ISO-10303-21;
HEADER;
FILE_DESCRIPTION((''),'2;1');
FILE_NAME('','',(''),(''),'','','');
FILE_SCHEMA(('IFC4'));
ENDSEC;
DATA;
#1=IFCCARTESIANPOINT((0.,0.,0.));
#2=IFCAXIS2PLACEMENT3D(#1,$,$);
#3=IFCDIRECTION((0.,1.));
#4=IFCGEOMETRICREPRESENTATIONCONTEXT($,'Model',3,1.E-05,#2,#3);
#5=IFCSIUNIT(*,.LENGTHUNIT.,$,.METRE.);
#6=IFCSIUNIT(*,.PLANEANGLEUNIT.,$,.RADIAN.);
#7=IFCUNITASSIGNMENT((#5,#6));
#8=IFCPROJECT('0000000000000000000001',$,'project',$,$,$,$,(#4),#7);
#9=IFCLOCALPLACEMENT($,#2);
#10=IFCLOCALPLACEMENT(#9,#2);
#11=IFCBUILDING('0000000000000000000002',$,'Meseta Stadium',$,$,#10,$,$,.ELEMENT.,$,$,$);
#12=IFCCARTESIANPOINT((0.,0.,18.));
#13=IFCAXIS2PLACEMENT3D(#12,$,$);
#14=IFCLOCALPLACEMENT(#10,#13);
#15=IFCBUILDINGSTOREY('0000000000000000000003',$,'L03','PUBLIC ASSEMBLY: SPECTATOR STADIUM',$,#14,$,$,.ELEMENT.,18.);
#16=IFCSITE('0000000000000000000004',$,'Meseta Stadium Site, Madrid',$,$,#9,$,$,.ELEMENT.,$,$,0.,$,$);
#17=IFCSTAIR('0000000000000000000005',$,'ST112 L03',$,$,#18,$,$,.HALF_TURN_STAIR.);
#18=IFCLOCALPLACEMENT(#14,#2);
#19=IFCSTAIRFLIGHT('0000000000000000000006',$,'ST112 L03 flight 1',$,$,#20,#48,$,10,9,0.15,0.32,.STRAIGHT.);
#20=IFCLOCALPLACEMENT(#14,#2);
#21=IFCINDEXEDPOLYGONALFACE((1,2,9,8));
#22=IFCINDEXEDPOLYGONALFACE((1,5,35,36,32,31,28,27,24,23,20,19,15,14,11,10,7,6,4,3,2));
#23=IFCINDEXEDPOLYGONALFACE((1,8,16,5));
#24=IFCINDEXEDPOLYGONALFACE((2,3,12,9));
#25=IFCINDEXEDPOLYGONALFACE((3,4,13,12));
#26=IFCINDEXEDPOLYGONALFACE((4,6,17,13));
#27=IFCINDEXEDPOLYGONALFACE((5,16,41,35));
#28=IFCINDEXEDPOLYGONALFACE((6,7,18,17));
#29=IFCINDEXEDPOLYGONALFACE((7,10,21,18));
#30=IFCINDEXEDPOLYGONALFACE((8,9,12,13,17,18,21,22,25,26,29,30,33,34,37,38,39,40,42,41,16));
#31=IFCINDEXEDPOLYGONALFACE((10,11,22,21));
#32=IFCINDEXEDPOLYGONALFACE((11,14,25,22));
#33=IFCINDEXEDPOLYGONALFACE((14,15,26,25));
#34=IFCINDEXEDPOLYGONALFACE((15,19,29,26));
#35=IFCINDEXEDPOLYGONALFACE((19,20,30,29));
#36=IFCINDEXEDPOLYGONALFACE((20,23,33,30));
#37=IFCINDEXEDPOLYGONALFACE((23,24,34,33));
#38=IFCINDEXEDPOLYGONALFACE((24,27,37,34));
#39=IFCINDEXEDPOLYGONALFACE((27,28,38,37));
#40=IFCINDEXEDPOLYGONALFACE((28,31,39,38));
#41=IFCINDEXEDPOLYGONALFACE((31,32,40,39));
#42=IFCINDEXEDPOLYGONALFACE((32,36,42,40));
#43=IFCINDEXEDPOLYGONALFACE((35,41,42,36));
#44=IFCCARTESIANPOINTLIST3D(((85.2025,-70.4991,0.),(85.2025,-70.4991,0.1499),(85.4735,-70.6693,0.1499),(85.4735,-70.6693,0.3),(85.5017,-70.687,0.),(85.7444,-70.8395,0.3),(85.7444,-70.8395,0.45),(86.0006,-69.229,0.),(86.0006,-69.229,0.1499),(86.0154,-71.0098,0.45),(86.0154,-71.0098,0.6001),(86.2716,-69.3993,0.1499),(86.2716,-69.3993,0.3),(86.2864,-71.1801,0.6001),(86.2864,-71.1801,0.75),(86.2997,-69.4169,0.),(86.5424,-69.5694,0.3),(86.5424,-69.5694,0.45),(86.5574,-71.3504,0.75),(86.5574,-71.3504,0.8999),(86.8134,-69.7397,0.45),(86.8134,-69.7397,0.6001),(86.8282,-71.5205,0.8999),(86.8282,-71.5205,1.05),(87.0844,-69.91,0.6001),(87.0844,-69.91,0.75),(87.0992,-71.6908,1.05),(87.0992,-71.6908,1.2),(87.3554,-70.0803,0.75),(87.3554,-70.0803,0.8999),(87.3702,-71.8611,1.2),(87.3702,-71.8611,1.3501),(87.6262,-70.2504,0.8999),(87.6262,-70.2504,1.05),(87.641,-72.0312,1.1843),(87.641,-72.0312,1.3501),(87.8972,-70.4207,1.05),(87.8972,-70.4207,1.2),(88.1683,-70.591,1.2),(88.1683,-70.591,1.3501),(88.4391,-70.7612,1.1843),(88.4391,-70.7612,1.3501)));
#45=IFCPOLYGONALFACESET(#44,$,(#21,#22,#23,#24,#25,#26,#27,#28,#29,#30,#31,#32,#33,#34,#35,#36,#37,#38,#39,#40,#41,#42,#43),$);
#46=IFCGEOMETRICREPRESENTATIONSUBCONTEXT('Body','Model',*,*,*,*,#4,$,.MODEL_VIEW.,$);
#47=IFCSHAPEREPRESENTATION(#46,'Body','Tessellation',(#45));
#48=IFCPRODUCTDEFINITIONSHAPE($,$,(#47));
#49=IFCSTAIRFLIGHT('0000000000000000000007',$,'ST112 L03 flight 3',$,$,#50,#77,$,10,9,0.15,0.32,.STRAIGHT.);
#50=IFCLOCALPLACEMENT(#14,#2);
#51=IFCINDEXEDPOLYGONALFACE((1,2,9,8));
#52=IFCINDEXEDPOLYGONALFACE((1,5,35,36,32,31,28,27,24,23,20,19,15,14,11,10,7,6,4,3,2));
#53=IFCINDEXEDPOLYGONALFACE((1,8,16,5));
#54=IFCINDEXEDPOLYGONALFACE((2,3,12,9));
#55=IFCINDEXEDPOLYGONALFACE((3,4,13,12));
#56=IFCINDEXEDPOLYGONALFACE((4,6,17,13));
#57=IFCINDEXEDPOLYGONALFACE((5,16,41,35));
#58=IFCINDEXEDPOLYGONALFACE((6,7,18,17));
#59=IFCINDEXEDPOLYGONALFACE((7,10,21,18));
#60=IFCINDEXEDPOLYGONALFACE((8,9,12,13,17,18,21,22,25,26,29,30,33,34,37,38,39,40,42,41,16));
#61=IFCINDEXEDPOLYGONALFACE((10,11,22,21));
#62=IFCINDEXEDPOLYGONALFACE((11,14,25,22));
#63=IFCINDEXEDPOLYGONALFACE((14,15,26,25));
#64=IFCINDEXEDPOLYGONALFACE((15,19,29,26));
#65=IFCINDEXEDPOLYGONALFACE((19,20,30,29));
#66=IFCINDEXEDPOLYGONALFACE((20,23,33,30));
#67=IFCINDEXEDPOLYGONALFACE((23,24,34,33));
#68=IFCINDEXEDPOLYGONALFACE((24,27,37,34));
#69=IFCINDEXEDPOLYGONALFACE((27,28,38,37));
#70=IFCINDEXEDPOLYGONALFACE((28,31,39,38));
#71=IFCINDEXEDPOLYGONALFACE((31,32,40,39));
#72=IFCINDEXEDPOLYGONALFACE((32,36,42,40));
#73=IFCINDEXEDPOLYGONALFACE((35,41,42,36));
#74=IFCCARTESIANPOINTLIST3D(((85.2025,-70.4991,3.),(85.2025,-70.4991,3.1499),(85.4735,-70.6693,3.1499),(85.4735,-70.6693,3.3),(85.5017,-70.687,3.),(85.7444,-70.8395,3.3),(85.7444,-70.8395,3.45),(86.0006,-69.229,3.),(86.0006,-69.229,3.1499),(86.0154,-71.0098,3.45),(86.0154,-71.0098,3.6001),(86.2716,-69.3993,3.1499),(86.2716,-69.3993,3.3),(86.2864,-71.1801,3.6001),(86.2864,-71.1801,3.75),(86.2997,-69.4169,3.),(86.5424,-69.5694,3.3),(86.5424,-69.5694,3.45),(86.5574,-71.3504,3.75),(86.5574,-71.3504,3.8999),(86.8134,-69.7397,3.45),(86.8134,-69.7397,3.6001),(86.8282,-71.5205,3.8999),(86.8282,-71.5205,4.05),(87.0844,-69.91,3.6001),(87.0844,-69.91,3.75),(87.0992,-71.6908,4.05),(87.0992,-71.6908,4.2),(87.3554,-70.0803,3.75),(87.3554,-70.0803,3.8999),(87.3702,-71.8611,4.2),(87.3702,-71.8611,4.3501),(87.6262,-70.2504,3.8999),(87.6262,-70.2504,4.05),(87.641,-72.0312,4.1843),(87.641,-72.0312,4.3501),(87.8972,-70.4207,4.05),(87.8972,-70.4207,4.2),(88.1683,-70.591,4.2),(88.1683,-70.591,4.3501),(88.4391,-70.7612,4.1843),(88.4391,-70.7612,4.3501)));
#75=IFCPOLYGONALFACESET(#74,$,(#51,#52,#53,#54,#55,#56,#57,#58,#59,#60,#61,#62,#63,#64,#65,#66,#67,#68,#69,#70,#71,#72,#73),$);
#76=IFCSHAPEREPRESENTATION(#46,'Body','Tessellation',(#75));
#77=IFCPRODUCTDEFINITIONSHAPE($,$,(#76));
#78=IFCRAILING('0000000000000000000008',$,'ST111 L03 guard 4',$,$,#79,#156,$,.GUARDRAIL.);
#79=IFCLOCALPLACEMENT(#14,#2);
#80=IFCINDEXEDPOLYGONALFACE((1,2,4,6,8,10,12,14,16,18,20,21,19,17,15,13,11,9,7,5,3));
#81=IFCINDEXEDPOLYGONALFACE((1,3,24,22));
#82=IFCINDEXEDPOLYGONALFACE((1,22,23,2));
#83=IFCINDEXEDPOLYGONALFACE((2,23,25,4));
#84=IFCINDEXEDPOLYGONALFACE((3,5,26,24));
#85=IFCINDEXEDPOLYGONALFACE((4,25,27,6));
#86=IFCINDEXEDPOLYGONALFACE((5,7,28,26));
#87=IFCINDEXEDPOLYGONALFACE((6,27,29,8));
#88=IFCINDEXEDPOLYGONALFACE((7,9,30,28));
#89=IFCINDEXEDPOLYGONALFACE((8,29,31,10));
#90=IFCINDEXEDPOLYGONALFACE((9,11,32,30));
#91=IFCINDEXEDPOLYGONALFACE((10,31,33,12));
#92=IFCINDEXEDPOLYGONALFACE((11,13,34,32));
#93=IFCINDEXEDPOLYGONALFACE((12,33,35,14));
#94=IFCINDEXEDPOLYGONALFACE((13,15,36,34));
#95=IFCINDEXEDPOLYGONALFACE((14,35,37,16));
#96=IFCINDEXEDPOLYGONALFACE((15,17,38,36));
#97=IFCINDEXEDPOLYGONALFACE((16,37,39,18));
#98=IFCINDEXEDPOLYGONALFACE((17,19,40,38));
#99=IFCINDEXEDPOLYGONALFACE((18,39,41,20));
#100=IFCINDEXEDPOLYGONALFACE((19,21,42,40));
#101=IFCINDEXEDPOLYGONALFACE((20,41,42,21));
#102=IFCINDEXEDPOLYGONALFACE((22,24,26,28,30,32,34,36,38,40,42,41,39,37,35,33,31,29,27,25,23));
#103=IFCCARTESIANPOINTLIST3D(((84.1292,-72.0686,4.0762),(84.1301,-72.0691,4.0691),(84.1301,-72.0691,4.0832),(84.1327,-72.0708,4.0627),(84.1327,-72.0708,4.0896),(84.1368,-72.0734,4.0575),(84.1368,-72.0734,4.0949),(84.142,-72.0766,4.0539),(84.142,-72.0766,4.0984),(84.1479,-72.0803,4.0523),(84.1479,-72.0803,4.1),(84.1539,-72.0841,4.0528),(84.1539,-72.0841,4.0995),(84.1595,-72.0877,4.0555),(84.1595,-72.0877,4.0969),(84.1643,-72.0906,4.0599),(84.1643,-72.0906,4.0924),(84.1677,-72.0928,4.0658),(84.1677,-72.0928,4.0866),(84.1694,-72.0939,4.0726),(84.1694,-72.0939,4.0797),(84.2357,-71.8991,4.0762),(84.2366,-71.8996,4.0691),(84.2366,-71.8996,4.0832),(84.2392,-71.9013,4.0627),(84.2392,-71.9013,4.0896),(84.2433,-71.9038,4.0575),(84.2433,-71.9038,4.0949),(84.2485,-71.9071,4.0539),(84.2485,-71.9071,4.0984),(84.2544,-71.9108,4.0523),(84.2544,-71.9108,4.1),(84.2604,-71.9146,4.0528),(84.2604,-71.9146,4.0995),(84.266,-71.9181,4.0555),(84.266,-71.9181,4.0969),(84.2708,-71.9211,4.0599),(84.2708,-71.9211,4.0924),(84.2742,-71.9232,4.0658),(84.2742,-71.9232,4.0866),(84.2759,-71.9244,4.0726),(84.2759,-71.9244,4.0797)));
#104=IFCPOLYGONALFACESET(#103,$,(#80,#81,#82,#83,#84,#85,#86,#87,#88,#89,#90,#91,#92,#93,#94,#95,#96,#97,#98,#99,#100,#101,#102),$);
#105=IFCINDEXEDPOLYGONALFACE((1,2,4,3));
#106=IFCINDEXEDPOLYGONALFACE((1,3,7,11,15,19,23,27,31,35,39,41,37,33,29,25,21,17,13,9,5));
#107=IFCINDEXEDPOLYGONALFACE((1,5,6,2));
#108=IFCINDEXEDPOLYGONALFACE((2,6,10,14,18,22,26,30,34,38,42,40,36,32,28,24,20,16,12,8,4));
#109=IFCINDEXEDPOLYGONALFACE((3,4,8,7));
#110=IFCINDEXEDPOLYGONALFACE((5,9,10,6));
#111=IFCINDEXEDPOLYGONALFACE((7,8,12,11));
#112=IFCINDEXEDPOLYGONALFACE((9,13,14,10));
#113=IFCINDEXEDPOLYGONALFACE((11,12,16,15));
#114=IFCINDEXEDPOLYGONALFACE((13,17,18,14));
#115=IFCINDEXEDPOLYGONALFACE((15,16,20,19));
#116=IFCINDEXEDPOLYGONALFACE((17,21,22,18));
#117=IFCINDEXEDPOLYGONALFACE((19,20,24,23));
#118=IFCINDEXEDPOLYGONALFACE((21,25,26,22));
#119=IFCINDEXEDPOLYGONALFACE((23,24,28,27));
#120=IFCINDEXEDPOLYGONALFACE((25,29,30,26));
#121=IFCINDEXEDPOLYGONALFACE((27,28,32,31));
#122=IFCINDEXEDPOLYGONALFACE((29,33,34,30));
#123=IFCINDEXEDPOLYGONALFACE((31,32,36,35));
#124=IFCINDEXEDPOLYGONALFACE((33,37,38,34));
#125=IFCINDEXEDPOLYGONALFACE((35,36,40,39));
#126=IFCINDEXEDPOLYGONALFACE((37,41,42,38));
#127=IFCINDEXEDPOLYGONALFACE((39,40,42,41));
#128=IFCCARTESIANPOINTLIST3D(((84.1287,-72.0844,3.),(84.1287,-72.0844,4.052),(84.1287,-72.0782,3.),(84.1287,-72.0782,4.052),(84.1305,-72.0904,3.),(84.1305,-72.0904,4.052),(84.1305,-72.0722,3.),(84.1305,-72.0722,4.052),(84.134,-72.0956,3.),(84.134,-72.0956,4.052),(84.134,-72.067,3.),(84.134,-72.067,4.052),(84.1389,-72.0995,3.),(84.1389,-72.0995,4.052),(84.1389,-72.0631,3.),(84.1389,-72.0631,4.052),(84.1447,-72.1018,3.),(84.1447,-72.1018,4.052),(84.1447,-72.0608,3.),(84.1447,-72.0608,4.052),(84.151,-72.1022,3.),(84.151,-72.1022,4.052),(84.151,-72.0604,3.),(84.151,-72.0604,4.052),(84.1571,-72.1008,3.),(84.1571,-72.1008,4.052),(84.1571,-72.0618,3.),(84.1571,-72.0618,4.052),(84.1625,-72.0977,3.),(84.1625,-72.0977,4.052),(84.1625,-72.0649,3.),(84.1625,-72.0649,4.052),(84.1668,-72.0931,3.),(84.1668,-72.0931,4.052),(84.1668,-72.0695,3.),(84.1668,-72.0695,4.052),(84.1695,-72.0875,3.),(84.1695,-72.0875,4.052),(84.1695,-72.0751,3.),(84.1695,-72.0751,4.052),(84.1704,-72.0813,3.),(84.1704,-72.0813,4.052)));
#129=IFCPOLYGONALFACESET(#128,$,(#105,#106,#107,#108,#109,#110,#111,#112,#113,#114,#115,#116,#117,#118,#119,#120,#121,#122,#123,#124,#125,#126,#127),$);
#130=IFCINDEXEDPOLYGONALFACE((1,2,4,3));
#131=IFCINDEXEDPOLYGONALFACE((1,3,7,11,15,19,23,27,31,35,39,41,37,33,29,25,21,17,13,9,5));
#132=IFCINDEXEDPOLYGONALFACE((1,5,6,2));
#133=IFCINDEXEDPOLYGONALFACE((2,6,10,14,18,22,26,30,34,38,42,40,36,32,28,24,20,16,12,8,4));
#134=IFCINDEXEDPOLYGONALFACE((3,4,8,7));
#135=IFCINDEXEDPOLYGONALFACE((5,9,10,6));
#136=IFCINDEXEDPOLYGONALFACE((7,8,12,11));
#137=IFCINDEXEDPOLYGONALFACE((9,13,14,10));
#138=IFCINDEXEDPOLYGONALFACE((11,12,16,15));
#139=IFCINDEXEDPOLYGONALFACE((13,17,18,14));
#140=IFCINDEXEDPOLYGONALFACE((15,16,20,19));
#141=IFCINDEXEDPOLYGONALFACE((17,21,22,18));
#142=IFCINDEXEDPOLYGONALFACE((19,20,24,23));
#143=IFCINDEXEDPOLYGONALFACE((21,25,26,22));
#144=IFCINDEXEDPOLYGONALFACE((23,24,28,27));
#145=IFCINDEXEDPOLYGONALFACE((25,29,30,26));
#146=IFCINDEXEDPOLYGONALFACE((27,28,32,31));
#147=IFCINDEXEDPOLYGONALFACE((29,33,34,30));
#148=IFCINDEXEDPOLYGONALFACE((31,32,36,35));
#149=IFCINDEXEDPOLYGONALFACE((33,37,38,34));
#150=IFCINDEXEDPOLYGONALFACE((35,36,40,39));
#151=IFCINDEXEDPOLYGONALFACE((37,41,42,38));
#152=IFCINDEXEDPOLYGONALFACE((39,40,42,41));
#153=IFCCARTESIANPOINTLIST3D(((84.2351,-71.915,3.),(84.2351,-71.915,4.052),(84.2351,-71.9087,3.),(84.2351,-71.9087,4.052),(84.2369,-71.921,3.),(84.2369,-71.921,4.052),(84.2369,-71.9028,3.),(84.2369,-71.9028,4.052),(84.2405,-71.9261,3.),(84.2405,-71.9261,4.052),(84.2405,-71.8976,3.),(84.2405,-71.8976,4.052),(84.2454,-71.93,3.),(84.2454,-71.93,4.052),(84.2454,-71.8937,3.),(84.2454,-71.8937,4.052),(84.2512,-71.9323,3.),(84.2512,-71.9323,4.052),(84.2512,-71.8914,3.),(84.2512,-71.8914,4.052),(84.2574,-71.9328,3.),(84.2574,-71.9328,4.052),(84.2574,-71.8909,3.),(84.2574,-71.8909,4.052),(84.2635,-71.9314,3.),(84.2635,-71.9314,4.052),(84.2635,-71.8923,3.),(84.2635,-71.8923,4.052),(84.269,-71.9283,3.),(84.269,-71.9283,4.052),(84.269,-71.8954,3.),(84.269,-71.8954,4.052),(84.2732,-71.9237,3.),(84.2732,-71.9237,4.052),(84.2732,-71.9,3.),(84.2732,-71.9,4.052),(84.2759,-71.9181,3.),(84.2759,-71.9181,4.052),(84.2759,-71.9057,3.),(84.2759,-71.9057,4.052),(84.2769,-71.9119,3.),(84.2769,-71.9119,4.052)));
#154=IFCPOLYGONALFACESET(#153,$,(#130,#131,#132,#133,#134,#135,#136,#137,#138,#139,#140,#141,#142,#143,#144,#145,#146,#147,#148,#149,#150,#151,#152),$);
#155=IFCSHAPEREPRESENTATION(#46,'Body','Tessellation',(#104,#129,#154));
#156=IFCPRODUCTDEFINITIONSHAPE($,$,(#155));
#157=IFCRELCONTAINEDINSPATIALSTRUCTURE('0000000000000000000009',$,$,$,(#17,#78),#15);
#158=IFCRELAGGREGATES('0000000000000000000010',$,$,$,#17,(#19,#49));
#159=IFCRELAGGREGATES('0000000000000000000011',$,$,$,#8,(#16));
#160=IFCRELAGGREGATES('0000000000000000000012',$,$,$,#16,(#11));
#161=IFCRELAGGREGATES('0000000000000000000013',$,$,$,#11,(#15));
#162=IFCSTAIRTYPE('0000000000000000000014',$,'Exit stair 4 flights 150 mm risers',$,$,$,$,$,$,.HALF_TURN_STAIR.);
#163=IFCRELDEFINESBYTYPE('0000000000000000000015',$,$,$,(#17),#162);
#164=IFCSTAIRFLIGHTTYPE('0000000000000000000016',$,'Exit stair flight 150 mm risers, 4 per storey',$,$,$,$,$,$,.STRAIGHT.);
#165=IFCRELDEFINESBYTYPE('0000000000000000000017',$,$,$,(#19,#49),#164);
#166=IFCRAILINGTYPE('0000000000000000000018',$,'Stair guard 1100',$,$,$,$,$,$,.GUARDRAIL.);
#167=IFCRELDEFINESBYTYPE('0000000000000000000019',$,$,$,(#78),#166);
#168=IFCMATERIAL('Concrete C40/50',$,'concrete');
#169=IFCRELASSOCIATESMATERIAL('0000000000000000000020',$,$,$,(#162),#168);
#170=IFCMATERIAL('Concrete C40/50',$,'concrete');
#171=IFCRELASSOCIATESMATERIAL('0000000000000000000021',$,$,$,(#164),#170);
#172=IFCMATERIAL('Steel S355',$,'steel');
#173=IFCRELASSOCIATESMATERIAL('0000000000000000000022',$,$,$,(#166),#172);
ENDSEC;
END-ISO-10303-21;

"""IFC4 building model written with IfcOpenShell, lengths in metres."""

from ifc_helpers import new_model, si_unit, direction, frame, origin, origin_2d, place, context, subcontext, project, spatial, polyline, circle, outline, extrude, material, type_object, element, aggregate, save


model = new_model("IFC4")

# Units and contexts
model_context = context("Model", 3, precision=1e-05, world=origin(), true_north=direction((0.0, 1.0)))
body_context = subcontext(model_context, "Body", "Model", "MODEL_VIEW")
ifc_project = project(units=[si_unit("LENGTHUNIT", "METRE"), si_unit("PLANEANGLEUNIT", "RADIAN")], contexts=[model_context])

# Site, building, storey
site_placement = place(None, origin())
site = spatial("IfcSite", under=ifc_project, at=site_placement, Name="Meseta Stadium Site, Madrid", CompositionType="ELEMENT", RefElevation=0.0)
building_placement = place(site_placement, origin())
building = spatial("IfcBuilding", under=site, at=building_placement, Name="Meseta Stadium", CompositionType="ELEMENT")
storey_placement = place(building_placement, frame((0.0, 0.0, 18.0)))
storey = spatial("IfcBuildingStorey", under=building, at=storey_placement, Name="L03", Description="PUBLIC ASSEMBLY: SPECTATOR STADIUM", CompositionType="ELEMENT", Elevation=18.0)

# Stair, stair flights
ifc_material_1 = material(Name="Concrete C40/50", Category="concrete")
stair_type = type_object("IfcStairType", Name="Exit stair 4 flights 150 mm risers", PredefinedType="HALF_TURN_STAIR", material=ifc_material_1)
stair_placement = place(storey_placement, origin())
stair = element("IfcStair", 1, at=stair_placement, inside=storey, type_object=stair_type, Name="ST112 L03", PredefinedType="HALF_TURN_STAIR")
ifc_material_2 = material(Name="Concrete C40/50", Category="concrete")
stair_flight_type = type_object("IfcStairFlightType", Name="Exit stair flight 150 mm risers, 4 per storey", PredefinedType="STRAIGHT", material=ifc_material_2)
stair_flight_1_placement = place(storey_placement, frame((85.6016, -69.864, 0.0), z_axis=(0.0, 0.0, 1.0), x_axis=(0.846724, -0.532032, 0.0)))
stair_flight_1 = element("IfcStairFlight", 2, at=stair_flight_1_placement, type_object=stair_flight_type, Name="ST112 L03 flight 1", NumberOfRisers=10, NumberOfTreads=9, PredefinedType="STRAIGHT", RiserHeight=0.15, TreadLength=0.32, context=body_context, shape_type="SweptSolid", body=[
    extrude(outline(polyline([(0.0, 0.0), (0.0, 0.1499), (0.3201, 0.1499), (0.3201, 0.3), (0.6399, 0.3), (0.6399, 0.45), (0.96, 0.45), (0.96, 0.6001), (1.28, 0.6001), (1.28, 0.75), (1.6001, 0.75), (1.6001, 0.8999), (1.9199, 0.8999), (1.9199, 1.05), (2.24, 1.05), (2.24, 1.2), (2.5601, 1.2), (2.5601, 1.3501), (2.8799, 1.3501), (2.8799, 1.1843), (0.3533, 0.0), (0.0, 0.0)])), frame((0.0, 0.75, 0.0), z_axis=(0.0, -1.0, 0.0), x_axis=(1.0, 0.0, 0.0)), (0.0, 0.0, 1.0), 1.5),
])
stair_flight_2_placement = place(storey_placement, frame((85.6016, -69.864, 3.0), z_axis=(0.0, 0.0, 1.0), x_axis=(0.846724, -0.532032, 0.0)))
stair_flight_2 = element("IfcStairFlight", 3, at=stair_flight_2_placement, type_object=stair_flight_type, Name="ST112 L03 flight 3", NumberOfRisers=10, NumberOfTreads=9, PredefinedType="STRAIGHT", RiserHeight=0.15, TreadLength=0.32, context=body_context, shape_type="SweptSolid", body=[
    extrude(outline(polyline([(0.0, 0.0), (0.0, 0.1499), (0.3201, 0.1499), (0.3201, 0.3), (0.6399, 0.3), (0.6399, 0.45), (0.96, 0.45), (0.96, 0.6001), (1.28, 0.6001), (1.28, 0.75), (1.6001, 0.75), (1.6001, 0.8999), (1.9199, 0.8999), (1.9199, 1.05), (2.24, 1.05), (2.24, 1.2), (2.5601, 1.2), (2.5601, 1.3501), (2.8799, 1.3501), (2.8799, 1.1843), (0.3533, 0.0), (0.0, 0.0)])), frame((0.0, 0.75, 0.0), z_axis=(0.0, -1.0, 0.0), x_axis=(1.0, 0.0, 0.0)), (0.0, 0.0, 1.0), 1.5),
])
aggregate(stair, [stair_flight_1, stair_flight_2])

# Railing
ifc_material_3 = material(Name="Steel S355", Category="steel")
railing_type_1 = type_object("IfcRailingType", Name="Stair guard 1100", PredefinedType="GUARDRAIL", material=ifc_material_3)
for number, where, name in (
    (4, (84.1494, -72.0813, 3.0), "ST111 L03 guard 4"),
):
    element("IfcRailing", number, at=place(storey_placement, frame(where)), inside=storey, type_object=railing_type_1, Name=name, PredefinedType="GUARDRAIL", context=body_context, shape_type="SweptSolid", body=[
        extrude(circle(Radius=0.0239, at=origin_2d()), frame((0.0, 0.0, 1.0762), z_axis=(0.531972, 0.846762, 0.0), x_axis=(-0.846762, 0.531972, 0.0)), (0.0, 0.0, 1.0), 0.2002),
        extrude(circle(Radius=0.021, at=origin_2d()), origin(), (0.0, 0.0, 1.0), 1.052),
        extrude(circle(Radius=0.021, at=origin_2d()), frame((0.1064, 0.1694, 0.0)), (0.0, 0.0, 1.0), 1.052),
    ])

save(model, "model.ifc")
